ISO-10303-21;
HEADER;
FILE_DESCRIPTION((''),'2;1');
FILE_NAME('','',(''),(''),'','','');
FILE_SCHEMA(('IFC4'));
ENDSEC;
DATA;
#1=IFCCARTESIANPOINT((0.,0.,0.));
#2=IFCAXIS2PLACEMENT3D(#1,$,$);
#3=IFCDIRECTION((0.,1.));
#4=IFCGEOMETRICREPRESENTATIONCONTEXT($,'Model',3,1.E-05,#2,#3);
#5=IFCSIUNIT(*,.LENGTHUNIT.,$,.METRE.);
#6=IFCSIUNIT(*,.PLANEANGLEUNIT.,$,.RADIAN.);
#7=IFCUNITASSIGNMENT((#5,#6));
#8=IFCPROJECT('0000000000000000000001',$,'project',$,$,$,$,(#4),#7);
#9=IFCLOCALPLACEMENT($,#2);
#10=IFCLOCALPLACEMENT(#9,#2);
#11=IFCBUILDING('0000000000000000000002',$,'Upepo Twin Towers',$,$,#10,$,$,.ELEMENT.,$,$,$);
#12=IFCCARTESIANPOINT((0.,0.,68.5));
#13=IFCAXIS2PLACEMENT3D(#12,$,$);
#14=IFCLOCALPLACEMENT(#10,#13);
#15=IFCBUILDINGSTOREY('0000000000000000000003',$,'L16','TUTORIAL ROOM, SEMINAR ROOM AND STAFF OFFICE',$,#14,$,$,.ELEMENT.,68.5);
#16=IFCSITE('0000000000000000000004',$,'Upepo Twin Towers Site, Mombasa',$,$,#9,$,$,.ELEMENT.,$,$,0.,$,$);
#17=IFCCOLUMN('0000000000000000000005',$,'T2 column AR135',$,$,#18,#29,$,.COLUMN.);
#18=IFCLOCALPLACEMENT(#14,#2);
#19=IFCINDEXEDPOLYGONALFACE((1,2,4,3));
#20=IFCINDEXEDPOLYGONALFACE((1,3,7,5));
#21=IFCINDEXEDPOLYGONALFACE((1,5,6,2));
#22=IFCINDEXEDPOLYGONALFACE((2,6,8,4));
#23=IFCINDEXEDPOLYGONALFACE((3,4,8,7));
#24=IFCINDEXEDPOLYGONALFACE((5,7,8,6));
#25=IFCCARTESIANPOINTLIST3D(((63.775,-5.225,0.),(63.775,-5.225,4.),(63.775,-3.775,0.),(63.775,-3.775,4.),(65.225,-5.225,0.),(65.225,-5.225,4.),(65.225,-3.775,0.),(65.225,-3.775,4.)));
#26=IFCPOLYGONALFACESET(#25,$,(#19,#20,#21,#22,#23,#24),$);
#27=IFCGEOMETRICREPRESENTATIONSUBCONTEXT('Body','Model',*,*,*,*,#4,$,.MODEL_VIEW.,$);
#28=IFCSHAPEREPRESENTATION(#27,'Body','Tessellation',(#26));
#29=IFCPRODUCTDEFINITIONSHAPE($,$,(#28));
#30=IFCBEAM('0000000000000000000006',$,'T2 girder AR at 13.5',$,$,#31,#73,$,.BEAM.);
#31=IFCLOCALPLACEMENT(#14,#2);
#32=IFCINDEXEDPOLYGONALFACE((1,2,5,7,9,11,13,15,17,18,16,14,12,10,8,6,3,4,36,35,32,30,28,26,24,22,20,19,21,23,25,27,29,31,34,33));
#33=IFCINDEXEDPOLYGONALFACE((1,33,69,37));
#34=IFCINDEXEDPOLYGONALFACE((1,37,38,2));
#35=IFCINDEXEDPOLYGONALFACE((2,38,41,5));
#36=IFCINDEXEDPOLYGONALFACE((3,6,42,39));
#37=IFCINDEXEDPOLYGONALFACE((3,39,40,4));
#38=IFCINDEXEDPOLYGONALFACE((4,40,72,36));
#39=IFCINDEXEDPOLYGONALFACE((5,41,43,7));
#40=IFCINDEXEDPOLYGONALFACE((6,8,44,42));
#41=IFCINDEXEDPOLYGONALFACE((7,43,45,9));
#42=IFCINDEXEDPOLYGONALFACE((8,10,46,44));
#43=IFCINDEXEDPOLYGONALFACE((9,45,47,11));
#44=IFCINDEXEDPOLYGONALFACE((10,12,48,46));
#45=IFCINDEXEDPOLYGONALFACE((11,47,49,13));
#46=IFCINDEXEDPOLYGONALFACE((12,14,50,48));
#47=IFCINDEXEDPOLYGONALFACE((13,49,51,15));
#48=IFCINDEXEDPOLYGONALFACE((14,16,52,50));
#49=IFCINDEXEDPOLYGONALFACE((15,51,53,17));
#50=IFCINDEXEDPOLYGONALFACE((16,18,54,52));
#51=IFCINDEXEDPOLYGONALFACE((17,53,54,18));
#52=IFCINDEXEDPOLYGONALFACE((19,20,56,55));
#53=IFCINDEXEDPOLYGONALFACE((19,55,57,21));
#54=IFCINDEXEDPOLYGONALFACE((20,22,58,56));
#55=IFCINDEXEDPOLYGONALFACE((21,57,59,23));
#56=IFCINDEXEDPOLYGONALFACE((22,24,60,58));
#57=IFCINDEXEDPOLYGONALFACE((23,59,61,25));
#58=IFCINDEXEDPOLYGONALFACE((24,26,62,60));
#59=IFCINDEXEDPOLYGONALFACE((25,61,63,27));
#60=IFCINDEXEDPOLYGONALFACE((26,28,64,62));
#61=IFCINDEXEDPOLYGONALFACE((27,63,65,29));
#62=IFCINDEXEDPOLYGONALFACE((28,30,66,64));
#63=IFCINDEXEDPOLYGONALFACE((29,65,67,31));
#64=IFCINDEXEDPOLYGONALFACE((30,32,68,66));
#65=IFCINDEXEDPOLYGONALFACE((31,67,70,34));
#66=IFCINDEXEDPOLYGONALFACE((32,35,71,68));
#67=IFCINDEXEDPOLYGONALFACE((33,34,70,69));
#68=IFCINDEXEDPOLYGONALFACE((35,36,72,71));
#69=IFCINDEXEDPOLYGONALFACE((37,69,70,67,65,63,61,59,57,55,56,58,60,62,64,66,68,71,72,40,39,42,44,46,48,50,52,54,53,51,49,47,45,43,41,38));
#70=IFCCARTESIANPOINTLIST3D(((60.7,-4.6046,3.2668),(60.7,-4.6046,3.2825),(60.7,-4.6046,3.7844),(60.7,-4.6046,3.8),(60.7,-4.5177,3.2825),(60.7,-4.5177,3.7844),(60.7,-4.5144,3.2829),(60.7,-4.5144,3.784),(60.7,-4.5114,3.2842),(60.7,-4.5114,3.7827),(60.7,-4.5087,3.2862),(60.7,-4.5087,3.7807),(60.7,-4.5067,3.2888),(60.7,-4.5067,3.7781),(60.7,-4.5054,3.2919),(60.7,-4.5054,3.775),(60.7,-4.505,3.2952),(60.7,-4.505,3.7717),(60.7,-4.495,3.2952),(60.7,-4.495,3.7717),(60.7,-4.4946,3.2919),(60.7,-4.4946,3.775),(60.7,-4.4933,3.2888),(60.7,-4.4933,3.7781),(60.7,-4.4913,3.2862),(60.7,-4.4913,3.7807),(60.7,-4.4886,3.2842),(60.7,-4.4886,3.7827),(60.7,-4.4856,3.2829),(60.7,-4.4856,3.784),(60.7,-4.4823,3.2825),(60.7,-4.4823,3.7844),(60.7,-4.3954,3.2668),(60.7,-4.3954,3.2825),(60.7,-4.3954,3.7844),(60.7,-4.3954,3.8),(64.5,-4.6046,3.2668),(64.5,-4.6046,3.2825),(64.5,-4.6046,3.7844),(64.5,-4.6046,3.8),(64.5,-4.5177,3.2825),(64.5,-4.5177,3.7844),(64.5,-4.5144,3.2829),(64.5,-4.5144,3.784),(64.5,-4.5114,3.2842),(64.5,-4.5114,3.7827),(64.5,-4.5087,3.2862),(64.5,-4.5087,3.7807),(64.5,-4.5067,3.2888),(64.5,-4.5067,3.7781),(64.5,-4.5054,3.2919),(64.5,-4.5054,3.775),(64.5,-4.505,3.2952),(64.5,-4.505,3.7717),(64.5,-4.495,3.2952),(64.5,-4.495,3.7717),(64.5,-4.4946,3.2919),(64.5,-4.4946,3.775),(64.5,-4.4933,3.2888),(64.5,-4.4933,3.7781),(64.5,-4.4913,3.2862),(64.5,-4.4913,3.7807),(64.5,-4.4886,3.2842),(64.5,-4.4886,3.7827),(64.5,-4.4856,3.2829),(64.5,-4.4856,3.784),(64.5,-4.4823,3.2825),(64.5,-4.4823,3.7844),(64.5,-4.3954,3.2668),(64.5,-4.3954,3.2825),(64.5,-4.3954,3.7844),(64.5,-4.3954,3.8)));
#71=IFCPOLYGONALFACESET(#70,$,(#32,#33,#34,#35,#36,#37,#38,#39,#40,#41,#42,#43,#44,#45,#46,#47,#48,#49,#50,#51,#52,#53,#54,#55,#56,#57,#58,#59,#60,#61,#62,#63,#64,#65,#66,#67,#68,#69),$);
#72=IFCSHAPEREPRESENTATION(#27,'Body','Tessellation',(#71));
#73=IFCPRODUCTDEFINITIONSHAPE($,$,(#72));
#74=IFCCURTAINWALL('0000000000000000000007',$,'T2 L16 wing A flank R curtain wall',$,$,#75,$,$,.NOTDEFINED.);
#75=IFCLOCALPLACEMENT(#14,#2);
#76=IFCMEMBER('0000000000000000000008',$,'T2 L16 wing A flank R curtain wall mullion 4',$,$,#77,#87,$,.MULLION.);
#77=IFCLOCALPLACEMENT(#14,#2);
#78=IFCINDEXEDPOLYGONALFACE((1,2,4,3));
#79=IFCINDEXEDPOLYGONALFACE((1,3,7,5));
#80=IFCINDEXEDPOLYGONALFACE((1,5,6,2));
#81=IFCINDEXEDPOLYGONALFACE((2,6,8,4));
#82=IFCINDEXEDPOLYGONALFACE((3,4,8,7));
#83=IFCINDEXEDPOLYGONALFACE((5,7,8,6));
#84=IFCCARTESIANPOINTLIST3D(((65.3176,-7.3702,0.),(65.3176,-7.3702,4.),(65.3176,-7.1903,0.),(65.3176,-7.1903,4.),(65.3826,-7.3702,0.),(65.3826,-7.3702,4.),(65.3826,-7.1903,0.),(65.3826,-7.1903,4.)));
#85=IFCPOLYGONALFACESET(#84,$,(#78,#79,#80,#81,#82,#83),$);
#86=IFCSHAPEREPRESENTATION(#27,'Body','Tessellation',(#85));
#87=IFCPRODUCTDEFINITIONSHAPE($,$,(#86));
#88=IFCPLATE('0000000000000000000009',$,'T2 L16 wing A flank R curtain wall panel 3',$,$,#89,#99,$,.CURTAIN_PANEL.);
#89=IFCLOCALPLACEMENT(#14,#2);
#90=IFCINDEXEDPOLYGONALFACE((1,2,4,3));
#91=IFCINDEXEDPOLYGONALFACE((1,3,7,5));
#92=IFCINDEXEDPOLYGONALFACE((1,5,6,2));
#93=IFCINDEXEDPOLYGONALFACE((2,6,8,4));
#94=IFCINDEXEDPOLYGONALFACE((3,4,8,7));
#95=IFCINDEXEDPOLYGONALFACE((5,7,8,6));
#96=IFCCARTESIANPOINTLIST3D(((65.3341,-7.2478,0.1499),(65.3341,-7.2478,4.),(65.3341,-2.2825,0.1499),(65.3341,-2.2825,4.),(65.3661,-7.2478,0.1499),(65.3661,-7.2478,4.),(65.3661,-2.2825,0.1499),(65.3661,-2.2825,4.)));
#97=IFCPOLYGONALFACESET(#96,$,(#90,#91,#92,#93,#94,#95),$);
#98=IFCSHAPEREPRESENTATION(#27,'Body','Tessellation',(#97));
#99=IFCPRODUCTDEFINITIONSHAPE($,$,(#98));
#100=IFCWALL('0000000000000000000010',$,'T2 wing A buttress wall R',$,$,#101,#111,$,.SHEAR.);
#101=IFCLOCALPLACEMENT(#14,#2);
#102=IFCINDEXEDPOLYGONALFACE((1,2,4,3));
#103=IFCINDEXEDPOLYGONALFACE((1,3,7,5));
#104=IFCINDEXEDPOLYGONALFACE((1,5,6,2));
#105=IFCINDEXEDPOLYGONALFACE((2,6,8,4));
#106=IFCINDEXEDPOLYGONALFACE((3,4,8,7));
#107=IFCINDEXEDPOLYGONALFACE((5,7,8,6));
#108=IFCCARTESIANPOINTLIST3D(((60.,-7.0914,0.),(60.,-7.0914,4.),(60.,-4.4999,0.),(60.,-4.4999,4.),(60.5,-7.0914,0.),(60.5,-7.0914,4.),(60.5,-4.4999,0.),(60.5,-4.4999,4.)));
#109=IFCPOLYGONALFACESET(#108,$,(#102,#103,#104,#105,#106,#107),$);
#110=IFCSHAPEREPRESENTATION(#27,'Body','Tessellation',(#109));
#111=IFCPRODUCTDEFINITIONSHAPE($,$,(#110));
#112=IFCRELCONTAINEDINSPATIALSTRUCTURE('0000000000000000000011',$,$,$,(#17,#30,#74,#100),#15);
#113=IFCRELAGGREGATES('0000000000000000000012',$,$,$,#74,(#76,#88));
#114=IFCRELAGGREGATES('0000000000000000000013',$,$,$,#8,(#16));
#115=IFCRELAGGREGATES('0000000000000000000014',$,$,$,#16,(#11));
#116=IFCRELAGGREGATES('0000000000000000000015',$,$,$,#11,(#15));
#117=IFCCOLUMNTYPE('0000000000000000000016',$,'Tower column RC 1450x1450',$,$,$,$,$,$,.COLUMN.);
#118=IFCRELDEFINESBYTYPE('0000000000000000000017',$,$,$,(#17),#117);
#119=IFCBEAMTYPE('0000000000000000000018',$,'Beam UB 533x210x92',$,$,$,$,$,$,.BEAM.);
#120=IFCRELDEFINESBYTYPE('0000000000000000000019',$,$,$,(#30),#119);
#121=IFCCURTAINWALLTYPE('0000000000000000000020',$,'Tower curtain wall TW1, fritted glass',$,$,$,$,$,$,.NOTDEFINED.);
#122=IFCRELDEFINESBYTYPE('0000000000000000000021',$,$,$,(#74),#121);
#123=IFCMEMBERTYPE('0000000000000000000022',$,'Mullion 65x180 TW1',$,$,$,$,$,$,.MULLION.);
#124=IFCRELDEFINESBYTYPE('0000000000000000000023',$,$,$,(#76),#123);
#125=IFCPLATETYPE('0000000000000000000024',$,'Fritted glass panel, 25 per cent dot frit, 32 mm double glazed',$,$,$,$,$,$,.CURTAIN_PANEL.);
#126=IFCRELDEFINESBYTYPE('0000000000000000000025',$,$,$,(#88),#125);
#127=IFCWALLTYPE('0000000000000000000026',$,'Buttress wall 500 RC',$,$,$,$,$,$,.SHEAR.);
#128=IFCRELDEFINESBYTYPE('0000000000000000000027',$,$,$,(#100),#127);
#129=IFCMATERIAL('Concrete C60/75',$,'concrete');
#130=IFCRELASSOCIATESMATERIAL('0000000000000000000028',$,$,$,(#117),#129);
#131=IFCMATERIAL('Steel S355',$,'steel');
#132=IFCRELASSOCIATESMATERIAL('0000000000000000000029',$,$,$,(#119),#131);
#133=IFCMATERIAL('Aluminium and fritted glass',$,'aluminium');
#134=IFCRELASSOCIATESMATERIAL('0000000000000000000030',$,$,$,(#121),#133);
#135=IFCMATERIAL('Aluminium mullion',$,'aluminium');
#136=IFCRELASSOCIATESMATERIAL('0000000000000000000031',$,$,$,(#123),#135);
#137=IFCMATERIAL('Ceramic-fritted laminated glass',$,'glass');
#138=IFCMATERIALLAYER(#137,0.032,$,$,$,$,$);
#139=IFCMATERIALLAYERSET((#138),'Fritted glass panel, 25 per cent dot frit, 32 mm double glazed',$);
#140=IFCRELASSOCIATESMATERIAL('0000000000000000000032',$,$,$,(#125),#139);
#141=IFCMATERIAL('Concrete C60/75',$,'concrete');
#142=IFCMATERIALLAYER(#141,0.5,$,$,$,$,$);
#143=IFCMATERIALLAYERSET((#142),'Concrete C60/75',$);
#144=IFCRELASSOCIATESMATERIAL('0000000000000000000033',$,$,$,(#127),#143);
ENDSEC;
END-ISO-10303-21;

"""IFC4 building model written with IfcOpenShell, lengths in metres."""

from ifc_helpers import new_model, si_unit, direction, frame, frame_2d, origin, origin_2d, place, context, subcontext, project, spatial, rectangle, i_section, extrude, material, layer, layer_set, material_profile, profile_set, type_object, element, aggregate, save


model = new_model("IFC4")

# Units and contexts
model_context = context("Model", 3, precision=1e-05, world=origin(), true_north=direction((0.0, 1.0)))
body_context = subcontext(model_context, "Body", "Model", "MODEL_VIEW")
ifc_project = project(units=[si_unit("LENGTHUNIT", "METRE"), si_unit("PLANEANGLEUNIT", "RADIAN")], contexts=[model_context])

# Site, building, storey
site_placement = place(None, origin())
site = spatial("IfcSite", under=ifc_project, at=site_placement, Name="Upepo Twin Towers Site, Mombasa", CompositionType="ELEMENT", RefElevation=0.0)
building_placement = place(site_placement, origin())
building = spatial("IfcBuilding", under=site, at=building_placement, Name="Upepo Twin Towers", CompositionType="ELEMENT")
storey_placement = place(building_placement, frame((0.0, 0.0, 68.5)))
storey = spatial("IfcBuildingStorey", under=building, at=storey_placement, Name="L16", Description="TUTORIAL ROOM, SEMINAR ROOM AND STAFF OFFICE", CompositionType="ELEMENT", Elevation=68.5)

# Column
ifc_material_1 = material(Name="Concrete C60/75", Category="concrete")
ifc_material_profile_1 = material_profile(ifc_material_1, rectangle(XDim=1.45, YDim=1.45, at=origin_2d()), Name="RC 1450x1450")
ifc_profile_set_1 = profile_set([ifc_material_profile_1], Name="Concrete C60/75")
column_type = type_object("IfcColumnType", Name="Tower column RC 1450x1450", PredefinedType="COLUMN", material=ifc_profile_set_1)
column_placement = place(storey_placement, frame((64.5, -4.5, 0.0), z_axis=(0.0, 0.0, 1.0), x_axis=(1.0, 0.0, 0.0)))
element("IfcColumn", 1, at=column_placement, inside=storey, type_object=column_type, Name="T2 column AR135", PredefinedType="COLUMN", context=body_context, shape_type="SweptSolid", body=[
    extrude(rectangle(XDim=1.45, YDim=1.45, at=origin_2d()), origin(), (0.0, 0.0, 1.0), 4.0),
])

# Beam
ifc_material_2 = material(Name="Steel S355", Category="steel")
ifc_material_profile_2 = material_profile(ifc_material_2, i_section(OverallWidth=0.2092, OverallDepth=0.5332, WebThickness=0.01, FlangeThickness=0.0156, FilletRadius=0.0127, at=origin_2d()), Name="UB 533x210x92")
ifc_profile_set_2 = profile_set([ifc_material_profile_2], Name="Steel S355")
beam_type = type_object("IfcBeamType", Name="Beam UB 533x210x92", PredefinedType="BEAM", material=ifc_profile_set_2)
beam_placement = place(storey_placement, frame((64.5, -4.5, 3.5334), z_axis=(-1.0, 0.0, 0.0), x_axis=(0.0, -1.0, 0.0)))
element("IfcBeam", 2, at=beam_placement, inside=storey, type_object=beam_type, Name="T2 girder AR at 13.5", PredefinedType="BEAM", context=body_context, shape_type="SweptSolid", body=[
    extrude(i_section(OverallWidth=0.2092, OverallDepth=0.5332, WebThickness=0.01, FlangeThickness=0.0156, FilletRadius=0.0127, at=origin_2d()), origin(), (0.0, 0.0, 1.0), 3.8),
])

# Curtain wall, member, plate
ifc_material_3 = material(Name="Aluminium and fritted glass", Category="aluminium")
curtain_wall_type = type_object("IfcCurtainWallType", Name="Tower curtain wall TW1, fritted glass", PredefinedType="NOTDEFINED", material=ifc_material_3)
curtain_wall_placement = place(storey_placement, origin())
curtain_wall = element("IfcCurtainWall", 3, at=curtain_wall_placement, inside=storey, type_object=curtain_wall_type, Name="T2 L16 wing A flank R curtain wall", PredefinedType="NOTDEFINED")
ifc_material_4 = material(Name="Aluminium mullion", Category="aluminium")
ifc_material_profile_3 = material_profile(ifc_material_4, rectangle(XDim=0.0649, YDim=0.1799, at=origin_2d()), Name="MULLION 65x180")
ifc_profile_set_3 = profile_set([ifc_material_profile_3], Name="Aluminium mullion")
member_type = type_object("IfcMemberType", Name="Mullion 65x180 TW1", PredefinedType="MULLION", material=ifc_profile_set_3)
member_placement = place(storey_placement, frame((65.3501, -7.2803, 0.0), z_axis=(0.0, 0.0, 1.0), x_axis=(1.0, 0.0, 0.0)))
member = element("IfcMember", 4, at=member_placement, type_object=member_type, Name="T2 L16 wing A flank R curtain wall mullion 4", PredefinedType="MULLION", context=body_context, shape_type="SweptSolid", body=[
    extrude(rectangle(XDim=0.0649, YDim=0.1799, at=origin_2d()), origin(), (0.0, 0.0, 1.0), 4.0),
])
ifc_material_5 = material(Name="Ceramic-fritted laminated glass", Category="glass")
ifc_layer_1 = layer(ifc_material_5, 0.032)
ifc_layer_set_1 = layer_set([ifc_layer_1], Name="Fritted glass panel, 25 per cent dot frit, 32 mm double glazed")
plate_type = type_object("IfcPlateType", Name="Fritted glass panel, 25 per cent dot frit, 32 mm double glazed", PredefinedType="CURTAIN_PANEL", material=ifc_layer_set_1)
plate_placement = place(storey_placement, frame((65.3501, -4.7651, 0.1499), z_axis=(0.0, 0.0, 1.0), x_axis=(0.0, -1.0, 0.0)))
plate = element("IfcPlate", 5, at=plate_placement, type_object=plate_type, Name="T2 L16 wing A flank R curtain wall panel 3", PredefinedType="CURTAIN_PANEL", context=body_context, shape_type="SweptSolid", body=[
    extrude(rectangle(XDim=4.9653, YDim=0.032, at=origin_2d()), origin(), (0.0, 0.0, 1.0), 3.8501),
])
aggregate(curtain_wall, [member, plate])

# Wall
ifc_material_6 = material(Name="Concrete C60/75", Category="concrete")
ifc_layer_2 = layer(ifc_material_6, 0.5)
ifc_layer_set_2 = layer_set([ifc_layer_2], Name="Concrete C60/75")
wall_type_1 = type_object("IfcWallType", Name="Buttress wall 500 RC", PredefinedType="SHEAR", material=ifc_layer_set_2)
wall_1_placement = place(storey_placement, frame((60.25, -7.0916, 0.0), z_axis=(0.0, 0.0, 1.0), x_axis=(0.0, 1.0, 0.0)))
element("IfcWall", 6, at=wall_1_placement, inside=storey, type_object=wall_type_1, Name="T2 wing A buttress wall R", PredefinedType="SHEAR", context=body_context, shape_type="SweptSolid", body=[
    extrude(rectangle(XDim=2.5916, YDim=0.5, at=frame_2d((1.2959, 0.0))), origin(), (0.0, 0.0, 1.0), 4.0),
])

save(model, "model.ifc")
